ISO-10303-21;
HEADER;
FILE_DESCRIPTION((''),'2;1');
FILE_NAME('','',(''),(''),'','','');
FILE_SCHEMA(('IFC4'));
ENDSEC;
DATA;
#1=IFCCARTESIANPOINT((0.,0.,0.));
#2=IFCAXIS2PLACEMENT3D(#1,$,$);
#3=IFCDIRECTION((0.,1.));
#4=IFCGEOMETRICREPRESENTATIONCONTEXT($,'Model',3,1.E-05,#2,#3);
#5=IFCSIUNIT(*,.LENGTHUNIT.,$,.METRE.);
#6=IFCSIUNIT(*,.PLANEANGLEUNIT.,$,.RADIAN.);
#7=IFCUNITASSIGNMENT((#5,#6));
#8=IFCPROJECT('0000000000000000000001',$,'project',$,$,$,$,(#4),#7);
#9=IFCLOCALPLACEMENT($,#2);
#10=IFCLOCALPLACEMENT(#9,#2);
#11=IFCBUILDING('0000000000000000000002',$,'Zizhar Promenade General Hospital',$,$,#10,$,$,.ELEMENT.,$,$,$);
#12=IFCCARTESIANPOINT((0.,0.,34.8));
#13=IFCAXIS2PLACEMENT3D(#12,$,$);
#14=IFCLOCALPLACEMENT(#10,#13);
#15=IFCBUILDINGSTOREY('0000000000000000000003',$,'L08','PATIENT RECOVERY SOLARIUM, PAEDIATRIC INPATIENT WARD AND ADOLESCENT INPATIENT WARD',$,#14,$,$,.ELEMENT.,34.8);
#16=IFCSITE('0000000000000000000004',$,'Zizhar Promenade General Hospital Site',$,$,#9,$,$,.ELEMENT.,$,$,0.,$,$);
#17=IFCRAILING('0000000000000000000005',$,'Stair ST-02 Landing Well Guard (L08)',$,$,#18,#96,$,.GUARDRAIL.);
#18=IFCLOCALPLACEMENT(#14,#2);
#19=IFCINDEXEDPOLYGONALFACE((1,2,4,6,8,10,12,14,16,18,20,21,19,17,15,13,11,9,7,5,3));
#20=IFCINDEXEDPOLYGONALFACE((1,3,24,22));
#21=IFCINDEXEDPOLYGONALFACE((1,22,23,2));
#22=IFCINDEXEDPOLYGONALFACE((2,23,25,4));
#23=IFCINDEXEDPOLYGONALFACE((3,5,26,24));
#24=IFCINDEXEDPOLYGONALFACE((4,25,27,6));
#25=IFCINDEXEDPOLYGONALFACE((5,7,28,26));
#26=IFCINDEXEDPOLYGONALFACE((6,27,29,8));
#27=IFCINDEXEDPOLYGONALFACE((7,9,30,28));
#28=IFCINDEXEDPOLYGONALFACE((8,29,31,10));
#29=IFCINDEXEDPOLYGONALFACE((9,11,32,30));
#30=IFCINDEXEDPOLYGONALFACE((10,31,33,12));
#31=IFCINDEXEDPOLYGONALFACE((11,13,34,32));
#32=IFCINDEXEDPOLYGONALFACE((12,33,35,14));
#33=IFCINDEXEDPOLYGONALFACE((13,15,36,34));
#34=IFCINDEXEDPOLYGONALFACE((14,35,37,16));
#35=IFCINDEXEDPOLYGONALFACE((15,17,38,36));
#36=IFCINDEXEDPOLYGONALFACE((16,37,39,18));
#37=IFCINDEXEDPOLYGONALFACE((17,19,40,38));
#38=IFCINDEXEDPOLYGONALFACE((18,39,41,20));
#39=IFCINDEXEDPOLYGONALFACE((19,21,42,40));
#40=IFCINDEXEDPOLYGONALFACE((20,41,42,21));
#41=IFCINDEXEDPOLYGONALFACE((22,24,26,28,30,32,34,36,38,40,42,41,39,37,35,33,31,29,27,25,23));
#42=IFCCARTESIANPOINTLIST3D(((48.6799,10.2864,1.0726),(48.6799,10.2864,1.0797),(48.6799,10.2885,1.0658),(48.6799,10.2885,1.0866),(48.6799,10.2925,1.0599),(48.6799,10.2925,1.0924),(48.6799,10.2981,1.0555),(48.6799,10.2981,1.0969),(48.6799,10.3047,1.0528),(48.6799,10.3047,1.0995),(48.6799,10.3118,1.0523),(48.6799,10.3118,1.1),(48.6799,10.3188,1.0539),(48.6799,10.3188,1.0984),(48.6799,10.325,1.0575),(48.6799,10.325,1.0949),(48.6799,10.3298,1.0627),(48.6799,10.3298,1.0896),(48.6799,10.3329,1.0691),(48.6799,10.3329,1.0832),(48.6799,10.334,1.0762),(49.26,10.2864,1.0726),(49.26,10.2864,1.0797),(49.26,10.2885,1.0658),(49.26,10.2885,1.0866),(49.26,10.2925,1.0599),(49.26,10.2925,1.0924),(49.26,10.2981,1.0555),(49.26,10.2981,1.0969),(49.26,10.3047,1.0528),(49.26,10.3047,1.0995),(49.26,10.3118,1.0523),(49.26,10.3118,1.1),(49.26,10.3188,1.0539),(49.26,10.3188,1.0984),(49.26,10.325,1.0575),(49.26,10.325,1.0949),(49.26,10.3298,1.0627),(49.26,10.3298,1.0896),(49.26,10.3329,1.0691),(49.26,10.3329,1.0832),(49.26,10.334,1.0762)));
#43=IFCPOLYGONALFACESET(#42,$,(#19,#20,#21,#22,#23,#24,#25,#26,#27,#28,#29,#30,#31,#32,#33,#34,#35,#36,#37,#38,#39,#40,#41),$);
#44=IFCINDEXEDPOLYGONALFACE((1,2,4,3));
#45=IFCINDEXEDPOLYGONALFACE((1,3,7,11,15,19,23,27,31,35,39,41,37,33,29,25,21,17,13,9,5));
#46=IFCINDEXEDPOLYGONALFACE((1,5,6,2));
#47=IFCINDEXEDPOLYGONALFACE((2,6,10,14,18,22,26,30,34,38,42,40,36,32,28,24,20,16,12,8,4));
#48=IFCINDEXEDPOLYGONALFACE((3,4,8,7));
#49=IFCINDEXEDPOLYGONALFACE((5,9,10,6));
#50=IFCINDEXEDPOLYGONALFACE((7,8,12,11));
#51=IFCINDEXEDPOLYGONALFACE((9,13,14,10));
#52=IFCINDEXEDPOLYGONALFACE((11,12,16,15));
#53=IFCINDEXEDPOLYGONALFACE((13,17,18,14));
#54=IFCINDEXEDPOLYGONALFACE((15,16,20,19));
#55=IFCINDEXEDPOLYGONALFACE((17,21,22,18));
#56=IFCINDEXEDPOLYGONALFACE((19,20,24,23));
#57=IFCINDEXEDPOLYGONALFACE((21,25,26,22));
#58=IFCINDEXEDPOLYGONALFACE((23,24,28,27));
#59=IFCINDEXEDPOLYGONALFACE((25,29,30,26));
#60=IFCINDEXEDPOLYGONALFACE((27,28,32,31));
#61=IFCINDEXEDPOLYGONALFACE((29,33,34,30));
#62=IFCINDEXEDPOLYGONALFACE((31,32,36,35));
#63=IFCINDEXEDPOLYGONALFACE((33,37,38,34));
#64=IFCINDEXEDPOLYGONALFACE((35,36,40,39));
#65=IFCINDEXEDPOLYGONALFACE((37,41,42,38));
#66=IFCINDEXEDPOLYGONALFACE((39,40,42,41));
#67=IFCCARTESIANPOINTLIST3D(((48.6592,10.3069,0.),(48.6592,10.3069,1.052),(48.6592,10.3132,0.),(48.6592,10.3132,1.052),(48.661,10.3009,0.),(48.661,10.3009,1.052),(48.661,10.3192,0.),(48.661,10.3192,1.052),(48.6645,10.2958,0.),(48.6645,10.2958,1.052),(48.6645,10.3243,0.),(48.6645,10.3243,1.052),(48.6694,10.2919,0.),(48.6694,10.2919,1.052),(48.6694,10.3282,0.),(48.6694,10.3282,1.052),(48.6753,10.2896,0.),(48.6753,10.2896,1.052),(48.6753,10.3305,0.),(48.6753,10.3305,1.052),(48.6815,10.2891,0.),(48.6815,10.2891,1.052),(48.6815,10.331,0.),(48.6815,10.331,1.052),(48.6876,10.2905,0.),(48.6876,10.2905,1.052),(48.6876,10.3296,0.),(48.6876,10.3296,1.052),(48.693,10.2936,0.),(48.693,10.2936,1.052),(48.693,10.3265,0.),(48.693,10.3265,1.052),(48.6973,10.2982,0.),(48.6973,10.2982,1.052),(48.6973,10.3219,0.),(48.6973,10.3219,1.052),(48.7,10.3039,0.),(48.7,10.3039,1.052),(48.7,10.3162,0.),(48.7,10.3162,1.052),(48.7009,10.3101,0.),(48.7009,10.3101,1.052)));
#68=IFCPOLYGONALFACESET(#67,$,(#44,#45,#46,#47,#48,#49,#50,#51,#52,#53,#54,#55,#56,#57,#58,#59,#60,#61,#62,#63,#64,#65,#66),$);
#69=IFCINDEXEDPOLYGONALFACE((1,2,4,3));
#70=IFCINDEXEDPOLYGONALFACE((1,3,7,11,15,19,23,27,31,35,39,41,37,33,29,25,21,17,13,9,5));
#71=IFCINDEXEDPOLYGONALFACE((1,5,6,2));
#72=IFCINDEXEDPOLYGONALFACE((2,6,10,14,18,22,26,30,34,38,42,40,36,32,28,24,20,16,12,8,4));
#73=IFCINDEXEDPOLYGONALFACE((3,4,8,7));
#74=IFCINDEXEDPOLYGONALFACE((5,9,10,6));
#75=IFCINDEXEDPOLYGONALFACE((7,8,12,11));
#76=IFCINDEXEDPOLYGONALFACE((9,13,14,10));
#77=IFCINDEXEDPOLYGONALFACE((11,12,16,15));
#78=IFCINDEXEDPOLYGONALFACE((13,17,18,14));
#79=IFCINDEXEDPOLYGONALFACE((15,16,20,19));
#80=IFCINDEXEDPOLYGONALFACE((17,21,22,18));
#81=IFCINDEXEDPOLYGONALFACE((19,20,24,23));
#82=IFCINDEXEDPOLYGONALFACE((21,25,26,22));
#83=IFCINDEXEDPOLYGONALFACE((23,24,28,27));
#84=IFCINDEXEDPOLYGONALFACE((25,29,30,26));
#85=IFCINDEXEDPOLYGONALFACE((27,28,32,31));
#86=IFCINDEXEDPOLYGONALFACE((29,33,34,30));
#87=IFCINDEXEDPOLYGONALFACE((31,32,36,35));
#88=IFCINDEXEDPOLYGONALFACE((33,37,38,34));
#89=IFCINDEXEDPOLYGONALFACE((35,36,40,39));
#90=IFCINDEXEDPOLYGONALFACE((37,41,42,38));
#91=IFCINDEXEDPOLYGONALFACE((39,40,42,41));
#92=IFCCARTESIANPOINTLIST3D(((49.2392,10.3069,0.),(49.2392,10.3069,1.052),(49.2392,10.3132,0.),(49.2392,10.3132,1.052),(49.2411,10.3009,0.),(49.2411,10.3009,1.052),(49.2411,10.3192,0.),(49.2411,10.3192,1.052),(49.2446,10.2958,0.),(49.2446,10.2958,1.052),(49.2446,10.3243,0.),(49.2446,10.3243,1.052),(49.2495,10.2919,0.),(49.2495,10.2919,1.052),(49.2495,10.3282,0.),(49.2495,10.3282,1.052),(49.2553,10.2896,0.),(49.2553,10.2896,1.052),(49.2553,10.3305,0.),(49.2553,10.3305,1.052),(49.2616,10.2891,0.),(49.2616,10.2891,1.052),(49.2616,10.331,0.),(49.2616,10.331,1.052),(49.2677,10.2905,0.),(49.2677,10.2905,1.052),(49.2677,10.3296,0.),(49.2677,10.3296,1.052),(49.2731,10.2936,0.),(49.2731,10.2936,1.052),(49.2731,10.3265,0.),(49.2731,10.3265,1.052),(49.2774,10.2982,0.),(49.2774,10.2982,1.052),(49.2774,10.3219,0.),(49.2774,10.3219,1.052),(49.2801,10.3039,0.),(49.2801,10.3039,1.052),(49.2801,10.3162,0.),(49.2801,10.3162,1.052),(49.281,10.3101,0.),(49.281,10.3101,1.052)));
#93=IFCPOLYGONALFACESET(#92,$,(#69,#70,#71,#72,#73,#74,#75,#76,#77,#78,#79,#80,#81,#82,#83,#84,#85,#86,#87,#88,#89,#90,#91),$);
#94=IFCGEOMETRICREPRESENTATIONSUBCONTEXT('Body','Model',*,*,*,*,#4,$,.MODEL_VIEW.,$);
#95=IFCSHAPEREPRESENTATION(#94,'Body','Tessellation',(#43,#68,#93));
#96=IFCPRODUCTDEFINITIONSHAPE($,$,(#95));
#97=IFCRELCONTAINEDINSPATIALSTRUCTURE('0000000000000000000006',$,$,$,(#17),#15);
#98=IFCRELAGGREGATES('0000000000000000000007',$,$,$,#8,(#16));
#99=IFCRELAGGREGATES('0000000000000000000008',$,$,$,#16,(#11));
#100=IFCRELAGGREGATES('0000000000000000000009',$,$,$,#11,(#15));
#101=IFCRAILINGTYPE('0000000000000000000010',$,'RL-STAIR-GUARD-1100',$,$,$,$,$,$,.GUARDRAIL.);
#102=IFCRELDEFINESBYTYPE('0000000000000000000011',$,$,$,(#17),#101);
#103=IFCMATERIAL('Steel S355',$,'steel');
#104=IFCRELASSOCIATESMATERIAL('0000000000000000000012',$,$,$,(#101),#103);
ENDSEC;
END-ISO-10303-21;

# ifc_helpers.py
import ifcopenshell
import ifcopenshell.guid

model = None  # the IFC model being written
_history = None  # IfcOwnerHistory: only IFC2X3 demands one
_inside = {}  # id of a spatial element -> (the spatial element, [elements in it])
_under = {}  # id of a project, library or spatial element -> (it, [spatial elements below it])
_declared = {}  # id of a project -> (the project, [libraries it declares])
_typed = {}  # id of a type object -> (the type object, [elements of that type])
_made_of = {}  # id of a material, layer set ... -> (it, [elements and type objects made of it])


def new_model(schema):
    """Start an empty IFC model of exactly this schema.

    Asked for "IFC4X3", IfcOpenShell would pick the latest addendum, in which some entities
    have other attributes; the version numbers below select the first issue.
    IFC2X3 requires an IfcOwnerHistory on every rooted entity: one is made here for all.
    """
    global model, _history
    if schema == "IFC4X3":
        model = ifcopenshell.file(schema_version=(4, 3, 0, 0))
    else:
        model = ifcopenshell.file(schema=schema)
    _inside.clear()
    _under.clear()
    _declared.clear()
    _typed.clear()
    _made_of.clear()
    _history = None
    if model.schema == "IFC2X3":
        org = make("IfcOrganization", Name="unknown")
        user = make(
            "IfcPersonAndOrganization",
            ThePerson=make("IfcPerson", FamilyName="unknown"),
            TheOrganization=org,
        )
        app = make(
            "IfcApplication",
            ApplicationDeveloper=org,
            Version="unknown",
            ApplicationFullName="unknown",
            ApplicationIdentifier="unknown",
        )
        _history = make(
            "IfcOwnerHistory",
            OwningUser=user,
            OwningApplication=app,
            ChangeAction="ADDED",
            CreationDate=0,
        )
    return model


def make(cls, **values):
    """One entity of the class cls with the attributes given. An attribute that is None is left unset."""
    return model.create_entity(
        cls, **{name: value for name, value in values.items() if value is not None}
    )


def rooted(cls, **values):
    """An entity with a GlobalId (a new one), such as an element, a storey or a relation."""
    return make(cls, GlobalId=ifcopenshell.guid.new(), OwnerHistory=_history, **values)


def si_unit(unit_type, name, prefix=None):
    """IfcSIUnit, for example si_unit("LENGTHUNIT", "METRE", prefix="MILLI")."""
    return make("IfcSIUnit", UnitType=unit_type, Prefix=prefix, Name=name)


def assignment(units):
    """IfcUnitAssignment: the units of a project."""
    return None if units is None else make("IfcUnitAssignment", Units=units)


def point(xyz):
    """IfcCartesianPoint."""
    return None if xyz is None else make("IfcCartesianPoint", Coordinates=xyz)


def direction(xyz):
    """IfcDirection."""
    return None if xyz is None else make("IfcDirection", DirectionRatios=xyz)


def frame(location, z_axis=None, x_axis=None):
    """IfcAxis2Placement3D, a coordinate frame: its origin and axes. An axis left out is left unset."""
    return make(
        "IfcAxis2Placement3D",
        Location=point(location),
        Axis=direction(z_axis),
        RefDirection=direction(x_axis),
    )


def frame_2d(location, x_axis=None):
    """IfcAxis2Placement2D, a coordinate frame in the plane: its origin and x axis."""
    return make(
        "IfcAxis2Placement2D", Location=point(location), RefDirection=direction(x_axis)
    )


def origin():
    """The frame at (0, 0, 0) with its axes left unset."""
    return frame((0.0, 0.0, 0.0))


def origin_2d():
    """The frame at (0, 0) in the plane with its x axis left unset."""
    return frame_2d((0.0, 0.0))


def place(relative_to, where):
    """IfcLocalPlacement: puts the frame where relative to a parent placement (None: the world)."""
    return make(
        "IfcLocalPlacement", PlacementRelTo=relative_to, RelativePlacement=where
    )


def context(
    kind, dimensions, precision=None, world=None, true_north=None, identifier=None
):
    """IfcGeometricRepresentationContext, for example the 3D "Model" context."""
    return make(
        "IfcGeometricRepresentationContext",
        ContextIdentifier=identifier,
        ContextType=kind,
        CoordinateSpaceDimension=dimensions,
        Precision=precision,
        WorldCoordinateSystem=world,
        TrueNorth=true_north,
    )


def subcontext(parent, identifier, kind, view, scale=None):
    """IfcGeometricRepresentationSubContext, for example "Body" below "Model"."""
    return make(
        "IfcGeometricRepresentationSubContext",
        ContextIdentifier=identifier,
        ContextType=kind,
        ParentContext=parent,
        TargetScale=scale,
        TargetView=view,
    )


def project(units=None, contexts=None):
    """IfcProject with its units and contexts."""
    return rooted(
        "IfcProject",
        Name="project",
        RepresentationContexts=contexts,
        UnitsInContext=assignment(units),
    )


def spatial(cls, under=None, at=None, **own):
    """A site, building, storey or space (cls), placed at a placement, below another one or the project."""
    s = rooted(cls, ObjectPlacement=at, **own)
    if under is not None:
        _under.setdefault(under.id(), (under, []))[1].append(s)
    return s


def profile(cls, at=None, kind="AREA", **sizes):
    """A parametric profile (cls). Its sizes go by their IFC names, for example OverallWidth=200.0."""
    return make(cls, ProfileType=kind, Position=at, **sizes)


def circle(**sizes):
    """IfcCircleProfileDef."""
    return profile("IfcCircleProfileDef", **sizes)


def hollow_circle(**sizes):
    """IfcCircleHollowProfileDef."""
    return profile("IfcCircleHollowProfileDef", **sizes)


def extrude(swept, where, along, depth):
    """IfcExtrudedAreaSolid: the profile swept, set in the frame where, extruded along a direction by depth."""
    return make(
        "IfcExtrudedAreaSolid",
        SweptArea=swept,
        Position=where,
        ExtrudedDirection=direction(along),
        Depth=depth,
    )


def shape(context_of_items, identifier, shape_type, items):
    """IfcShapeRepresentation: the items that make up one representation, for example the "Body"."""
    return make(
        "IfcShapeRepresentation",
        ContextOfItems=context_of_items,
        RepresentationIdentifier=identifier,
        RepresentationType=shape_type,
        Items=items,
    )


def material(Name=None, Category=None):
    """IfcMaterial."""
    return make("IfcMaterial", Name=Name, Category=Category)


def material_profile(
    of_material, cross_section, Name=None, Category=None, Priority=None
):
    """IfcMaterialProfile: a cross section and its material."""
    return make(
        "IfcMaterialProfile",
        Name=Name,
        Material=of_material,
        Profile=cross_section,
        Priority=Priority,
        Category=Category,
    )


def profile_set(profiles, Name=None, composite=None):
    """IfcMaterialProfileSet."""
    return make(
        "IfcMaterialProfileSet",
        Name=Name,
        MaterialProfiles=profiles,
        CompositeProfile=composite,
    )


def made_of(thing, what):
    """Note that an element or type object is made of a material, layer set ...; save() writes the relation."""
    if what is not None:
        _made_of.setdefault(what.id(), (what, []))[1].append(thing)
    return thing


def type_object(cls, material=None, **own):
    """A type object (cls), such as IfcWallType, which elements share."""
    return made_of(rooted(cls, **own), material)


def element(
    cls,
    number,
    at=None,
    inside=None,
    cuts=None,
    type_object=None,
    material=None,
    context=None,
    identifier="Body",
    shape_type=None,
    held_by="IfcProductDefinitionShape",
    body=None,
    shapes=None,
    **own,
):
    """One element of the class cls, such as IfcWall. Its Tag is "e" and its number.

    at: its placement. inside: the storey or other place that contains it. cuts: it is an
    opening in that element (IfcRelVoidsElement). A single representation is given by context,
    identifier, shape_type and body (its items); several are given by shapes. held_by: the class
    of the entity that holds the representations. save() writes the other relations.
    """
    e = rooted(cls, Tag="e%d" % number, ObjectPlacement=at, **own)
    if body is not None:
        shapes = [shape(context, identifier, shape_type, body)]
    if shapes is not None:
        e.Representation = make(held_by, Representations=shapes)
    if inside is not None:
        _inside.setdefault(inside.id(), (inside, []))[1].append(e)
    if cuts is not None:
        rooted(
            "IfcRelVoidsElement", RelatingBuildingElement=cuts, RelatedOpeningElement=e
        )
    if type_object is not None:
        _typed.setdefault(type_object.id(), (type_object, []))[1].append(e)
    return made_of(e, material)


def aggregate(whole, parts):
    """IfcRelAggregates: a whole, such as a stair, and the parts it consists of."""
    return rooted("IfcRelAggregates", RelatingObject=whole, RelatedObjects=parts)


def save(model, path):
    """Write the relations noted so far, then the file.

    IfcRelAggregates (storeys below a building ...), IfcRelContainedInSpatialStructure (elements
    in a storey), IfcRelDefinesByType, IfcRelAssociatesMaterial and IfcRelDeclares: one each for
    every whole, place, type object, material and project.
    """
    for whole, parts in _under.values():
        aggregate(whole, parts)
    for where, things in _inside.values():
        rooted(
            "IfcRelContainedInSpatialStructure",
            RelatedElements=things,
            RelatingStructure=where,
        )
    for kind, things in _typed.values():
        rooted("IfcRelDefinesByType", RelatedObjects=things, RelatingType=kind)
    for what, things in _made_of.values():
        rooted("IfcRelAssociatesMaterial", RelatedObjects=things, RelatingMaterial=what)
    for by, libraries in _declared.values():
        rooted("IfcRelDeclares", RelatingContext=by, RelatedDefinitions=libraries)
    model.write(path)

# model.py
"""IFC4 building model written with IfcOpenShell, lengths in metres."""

from ifc_helpers import new_model, si_unit, direction, frame, origin, origin_2d, place, context, subcontext, project, spatial, circle, hollow_circle, extrude, material, material_profile, profile_set, type_object, element, save


model = new_model("IFC4")

# Units and contexts
model_context = context("Model", 3, precision=1e-05, world=origin(), true_north=direction((0.0, 1.0)))
body_context = subcontext(model_context, "Body", "Model", "MODEL_VIEW")
ifc_project = project(units=[si_unit("LENGTHUNIT", "METRE"), si_unit("PLANEANGLEUNIT", "RADIAN")], contexts=[model_context])

# Site, building, storey
site_placement = place(None, origin())
site = spatial("IfcSite", under=ifc_project, at=site_placement, Name="Zizhar Promenade General Hospital Site", CompositionType="ELEMENT", RefElevation=0.0)
building_placement = place(site_placement, origin())
building = spatial("IfcBuilding", under=site, at=building_placement, Name="Zizhar Promenade General Hospital", CompositionType="ELEMENT")
storey_placement = place(building_placement, frame((0.0, 0.0, 34.8)))
storey = spatial("IfcBuildingStorey", under=building, at=storey_placement, Name="L08", Description="PATIENT RECOVERY SOLARIUM, PAEDIATRIC INPATIENT WARD AND ADOLESCENT INPATIENT WARD", CompositionType="ELEMENT", Elevation=34.8)

# Railing
ifc_material_1 = material(Name="Steel S355", Category="steel")
ifc_material_profile_1 = material_profile(ifc_material_1, hollow_circle(Radius=0.0698, WallThickness=0.0063, at=origin_2d()))
ifc_profile_set_1 = profile_set([ifc_material_profile_1], Name="Steel S355")
railing_type_1 = type_object("IfcRailingType", Name="RL-STAIR-GUARD-1100", PredefinedType="GUARDRAIL", material=ifc_profile_set_1)
railing_1_placement = place(storey_placement, frame((48.6799, 10.3101, 0.0)))
element("IfcRailing", 1, at=railing_1_placement, inside=storey, type_object=railing_type_1, Name="Stair ST-02 Landing Well Guard (L08)", PredefinedType="GUARDRAIL", context=body_context, shape_type="SweptSolid", body=[
    extrude(circle(Radius=0.0239, at=origin_2d()), frame((0.0, 0.0, 1.0762), z_axis=(1.0, 0.0, 0.0), x_axis=(0.0, 1.0, 0.0)), (0.0, 0.0, 1.0), 0.5801),
    extrude(circle(Radius=0.021, at=origin_2d()), origin(), (0.0, 0.0, 1.0), 1.052),
    extrude(circle(Radius=0.021, at=origin_2d()), frame((0.5801, 0.0, 0.0)), (0.0, 0.0, 1.0), 1.052),
])

save(model, "model.ifc")
